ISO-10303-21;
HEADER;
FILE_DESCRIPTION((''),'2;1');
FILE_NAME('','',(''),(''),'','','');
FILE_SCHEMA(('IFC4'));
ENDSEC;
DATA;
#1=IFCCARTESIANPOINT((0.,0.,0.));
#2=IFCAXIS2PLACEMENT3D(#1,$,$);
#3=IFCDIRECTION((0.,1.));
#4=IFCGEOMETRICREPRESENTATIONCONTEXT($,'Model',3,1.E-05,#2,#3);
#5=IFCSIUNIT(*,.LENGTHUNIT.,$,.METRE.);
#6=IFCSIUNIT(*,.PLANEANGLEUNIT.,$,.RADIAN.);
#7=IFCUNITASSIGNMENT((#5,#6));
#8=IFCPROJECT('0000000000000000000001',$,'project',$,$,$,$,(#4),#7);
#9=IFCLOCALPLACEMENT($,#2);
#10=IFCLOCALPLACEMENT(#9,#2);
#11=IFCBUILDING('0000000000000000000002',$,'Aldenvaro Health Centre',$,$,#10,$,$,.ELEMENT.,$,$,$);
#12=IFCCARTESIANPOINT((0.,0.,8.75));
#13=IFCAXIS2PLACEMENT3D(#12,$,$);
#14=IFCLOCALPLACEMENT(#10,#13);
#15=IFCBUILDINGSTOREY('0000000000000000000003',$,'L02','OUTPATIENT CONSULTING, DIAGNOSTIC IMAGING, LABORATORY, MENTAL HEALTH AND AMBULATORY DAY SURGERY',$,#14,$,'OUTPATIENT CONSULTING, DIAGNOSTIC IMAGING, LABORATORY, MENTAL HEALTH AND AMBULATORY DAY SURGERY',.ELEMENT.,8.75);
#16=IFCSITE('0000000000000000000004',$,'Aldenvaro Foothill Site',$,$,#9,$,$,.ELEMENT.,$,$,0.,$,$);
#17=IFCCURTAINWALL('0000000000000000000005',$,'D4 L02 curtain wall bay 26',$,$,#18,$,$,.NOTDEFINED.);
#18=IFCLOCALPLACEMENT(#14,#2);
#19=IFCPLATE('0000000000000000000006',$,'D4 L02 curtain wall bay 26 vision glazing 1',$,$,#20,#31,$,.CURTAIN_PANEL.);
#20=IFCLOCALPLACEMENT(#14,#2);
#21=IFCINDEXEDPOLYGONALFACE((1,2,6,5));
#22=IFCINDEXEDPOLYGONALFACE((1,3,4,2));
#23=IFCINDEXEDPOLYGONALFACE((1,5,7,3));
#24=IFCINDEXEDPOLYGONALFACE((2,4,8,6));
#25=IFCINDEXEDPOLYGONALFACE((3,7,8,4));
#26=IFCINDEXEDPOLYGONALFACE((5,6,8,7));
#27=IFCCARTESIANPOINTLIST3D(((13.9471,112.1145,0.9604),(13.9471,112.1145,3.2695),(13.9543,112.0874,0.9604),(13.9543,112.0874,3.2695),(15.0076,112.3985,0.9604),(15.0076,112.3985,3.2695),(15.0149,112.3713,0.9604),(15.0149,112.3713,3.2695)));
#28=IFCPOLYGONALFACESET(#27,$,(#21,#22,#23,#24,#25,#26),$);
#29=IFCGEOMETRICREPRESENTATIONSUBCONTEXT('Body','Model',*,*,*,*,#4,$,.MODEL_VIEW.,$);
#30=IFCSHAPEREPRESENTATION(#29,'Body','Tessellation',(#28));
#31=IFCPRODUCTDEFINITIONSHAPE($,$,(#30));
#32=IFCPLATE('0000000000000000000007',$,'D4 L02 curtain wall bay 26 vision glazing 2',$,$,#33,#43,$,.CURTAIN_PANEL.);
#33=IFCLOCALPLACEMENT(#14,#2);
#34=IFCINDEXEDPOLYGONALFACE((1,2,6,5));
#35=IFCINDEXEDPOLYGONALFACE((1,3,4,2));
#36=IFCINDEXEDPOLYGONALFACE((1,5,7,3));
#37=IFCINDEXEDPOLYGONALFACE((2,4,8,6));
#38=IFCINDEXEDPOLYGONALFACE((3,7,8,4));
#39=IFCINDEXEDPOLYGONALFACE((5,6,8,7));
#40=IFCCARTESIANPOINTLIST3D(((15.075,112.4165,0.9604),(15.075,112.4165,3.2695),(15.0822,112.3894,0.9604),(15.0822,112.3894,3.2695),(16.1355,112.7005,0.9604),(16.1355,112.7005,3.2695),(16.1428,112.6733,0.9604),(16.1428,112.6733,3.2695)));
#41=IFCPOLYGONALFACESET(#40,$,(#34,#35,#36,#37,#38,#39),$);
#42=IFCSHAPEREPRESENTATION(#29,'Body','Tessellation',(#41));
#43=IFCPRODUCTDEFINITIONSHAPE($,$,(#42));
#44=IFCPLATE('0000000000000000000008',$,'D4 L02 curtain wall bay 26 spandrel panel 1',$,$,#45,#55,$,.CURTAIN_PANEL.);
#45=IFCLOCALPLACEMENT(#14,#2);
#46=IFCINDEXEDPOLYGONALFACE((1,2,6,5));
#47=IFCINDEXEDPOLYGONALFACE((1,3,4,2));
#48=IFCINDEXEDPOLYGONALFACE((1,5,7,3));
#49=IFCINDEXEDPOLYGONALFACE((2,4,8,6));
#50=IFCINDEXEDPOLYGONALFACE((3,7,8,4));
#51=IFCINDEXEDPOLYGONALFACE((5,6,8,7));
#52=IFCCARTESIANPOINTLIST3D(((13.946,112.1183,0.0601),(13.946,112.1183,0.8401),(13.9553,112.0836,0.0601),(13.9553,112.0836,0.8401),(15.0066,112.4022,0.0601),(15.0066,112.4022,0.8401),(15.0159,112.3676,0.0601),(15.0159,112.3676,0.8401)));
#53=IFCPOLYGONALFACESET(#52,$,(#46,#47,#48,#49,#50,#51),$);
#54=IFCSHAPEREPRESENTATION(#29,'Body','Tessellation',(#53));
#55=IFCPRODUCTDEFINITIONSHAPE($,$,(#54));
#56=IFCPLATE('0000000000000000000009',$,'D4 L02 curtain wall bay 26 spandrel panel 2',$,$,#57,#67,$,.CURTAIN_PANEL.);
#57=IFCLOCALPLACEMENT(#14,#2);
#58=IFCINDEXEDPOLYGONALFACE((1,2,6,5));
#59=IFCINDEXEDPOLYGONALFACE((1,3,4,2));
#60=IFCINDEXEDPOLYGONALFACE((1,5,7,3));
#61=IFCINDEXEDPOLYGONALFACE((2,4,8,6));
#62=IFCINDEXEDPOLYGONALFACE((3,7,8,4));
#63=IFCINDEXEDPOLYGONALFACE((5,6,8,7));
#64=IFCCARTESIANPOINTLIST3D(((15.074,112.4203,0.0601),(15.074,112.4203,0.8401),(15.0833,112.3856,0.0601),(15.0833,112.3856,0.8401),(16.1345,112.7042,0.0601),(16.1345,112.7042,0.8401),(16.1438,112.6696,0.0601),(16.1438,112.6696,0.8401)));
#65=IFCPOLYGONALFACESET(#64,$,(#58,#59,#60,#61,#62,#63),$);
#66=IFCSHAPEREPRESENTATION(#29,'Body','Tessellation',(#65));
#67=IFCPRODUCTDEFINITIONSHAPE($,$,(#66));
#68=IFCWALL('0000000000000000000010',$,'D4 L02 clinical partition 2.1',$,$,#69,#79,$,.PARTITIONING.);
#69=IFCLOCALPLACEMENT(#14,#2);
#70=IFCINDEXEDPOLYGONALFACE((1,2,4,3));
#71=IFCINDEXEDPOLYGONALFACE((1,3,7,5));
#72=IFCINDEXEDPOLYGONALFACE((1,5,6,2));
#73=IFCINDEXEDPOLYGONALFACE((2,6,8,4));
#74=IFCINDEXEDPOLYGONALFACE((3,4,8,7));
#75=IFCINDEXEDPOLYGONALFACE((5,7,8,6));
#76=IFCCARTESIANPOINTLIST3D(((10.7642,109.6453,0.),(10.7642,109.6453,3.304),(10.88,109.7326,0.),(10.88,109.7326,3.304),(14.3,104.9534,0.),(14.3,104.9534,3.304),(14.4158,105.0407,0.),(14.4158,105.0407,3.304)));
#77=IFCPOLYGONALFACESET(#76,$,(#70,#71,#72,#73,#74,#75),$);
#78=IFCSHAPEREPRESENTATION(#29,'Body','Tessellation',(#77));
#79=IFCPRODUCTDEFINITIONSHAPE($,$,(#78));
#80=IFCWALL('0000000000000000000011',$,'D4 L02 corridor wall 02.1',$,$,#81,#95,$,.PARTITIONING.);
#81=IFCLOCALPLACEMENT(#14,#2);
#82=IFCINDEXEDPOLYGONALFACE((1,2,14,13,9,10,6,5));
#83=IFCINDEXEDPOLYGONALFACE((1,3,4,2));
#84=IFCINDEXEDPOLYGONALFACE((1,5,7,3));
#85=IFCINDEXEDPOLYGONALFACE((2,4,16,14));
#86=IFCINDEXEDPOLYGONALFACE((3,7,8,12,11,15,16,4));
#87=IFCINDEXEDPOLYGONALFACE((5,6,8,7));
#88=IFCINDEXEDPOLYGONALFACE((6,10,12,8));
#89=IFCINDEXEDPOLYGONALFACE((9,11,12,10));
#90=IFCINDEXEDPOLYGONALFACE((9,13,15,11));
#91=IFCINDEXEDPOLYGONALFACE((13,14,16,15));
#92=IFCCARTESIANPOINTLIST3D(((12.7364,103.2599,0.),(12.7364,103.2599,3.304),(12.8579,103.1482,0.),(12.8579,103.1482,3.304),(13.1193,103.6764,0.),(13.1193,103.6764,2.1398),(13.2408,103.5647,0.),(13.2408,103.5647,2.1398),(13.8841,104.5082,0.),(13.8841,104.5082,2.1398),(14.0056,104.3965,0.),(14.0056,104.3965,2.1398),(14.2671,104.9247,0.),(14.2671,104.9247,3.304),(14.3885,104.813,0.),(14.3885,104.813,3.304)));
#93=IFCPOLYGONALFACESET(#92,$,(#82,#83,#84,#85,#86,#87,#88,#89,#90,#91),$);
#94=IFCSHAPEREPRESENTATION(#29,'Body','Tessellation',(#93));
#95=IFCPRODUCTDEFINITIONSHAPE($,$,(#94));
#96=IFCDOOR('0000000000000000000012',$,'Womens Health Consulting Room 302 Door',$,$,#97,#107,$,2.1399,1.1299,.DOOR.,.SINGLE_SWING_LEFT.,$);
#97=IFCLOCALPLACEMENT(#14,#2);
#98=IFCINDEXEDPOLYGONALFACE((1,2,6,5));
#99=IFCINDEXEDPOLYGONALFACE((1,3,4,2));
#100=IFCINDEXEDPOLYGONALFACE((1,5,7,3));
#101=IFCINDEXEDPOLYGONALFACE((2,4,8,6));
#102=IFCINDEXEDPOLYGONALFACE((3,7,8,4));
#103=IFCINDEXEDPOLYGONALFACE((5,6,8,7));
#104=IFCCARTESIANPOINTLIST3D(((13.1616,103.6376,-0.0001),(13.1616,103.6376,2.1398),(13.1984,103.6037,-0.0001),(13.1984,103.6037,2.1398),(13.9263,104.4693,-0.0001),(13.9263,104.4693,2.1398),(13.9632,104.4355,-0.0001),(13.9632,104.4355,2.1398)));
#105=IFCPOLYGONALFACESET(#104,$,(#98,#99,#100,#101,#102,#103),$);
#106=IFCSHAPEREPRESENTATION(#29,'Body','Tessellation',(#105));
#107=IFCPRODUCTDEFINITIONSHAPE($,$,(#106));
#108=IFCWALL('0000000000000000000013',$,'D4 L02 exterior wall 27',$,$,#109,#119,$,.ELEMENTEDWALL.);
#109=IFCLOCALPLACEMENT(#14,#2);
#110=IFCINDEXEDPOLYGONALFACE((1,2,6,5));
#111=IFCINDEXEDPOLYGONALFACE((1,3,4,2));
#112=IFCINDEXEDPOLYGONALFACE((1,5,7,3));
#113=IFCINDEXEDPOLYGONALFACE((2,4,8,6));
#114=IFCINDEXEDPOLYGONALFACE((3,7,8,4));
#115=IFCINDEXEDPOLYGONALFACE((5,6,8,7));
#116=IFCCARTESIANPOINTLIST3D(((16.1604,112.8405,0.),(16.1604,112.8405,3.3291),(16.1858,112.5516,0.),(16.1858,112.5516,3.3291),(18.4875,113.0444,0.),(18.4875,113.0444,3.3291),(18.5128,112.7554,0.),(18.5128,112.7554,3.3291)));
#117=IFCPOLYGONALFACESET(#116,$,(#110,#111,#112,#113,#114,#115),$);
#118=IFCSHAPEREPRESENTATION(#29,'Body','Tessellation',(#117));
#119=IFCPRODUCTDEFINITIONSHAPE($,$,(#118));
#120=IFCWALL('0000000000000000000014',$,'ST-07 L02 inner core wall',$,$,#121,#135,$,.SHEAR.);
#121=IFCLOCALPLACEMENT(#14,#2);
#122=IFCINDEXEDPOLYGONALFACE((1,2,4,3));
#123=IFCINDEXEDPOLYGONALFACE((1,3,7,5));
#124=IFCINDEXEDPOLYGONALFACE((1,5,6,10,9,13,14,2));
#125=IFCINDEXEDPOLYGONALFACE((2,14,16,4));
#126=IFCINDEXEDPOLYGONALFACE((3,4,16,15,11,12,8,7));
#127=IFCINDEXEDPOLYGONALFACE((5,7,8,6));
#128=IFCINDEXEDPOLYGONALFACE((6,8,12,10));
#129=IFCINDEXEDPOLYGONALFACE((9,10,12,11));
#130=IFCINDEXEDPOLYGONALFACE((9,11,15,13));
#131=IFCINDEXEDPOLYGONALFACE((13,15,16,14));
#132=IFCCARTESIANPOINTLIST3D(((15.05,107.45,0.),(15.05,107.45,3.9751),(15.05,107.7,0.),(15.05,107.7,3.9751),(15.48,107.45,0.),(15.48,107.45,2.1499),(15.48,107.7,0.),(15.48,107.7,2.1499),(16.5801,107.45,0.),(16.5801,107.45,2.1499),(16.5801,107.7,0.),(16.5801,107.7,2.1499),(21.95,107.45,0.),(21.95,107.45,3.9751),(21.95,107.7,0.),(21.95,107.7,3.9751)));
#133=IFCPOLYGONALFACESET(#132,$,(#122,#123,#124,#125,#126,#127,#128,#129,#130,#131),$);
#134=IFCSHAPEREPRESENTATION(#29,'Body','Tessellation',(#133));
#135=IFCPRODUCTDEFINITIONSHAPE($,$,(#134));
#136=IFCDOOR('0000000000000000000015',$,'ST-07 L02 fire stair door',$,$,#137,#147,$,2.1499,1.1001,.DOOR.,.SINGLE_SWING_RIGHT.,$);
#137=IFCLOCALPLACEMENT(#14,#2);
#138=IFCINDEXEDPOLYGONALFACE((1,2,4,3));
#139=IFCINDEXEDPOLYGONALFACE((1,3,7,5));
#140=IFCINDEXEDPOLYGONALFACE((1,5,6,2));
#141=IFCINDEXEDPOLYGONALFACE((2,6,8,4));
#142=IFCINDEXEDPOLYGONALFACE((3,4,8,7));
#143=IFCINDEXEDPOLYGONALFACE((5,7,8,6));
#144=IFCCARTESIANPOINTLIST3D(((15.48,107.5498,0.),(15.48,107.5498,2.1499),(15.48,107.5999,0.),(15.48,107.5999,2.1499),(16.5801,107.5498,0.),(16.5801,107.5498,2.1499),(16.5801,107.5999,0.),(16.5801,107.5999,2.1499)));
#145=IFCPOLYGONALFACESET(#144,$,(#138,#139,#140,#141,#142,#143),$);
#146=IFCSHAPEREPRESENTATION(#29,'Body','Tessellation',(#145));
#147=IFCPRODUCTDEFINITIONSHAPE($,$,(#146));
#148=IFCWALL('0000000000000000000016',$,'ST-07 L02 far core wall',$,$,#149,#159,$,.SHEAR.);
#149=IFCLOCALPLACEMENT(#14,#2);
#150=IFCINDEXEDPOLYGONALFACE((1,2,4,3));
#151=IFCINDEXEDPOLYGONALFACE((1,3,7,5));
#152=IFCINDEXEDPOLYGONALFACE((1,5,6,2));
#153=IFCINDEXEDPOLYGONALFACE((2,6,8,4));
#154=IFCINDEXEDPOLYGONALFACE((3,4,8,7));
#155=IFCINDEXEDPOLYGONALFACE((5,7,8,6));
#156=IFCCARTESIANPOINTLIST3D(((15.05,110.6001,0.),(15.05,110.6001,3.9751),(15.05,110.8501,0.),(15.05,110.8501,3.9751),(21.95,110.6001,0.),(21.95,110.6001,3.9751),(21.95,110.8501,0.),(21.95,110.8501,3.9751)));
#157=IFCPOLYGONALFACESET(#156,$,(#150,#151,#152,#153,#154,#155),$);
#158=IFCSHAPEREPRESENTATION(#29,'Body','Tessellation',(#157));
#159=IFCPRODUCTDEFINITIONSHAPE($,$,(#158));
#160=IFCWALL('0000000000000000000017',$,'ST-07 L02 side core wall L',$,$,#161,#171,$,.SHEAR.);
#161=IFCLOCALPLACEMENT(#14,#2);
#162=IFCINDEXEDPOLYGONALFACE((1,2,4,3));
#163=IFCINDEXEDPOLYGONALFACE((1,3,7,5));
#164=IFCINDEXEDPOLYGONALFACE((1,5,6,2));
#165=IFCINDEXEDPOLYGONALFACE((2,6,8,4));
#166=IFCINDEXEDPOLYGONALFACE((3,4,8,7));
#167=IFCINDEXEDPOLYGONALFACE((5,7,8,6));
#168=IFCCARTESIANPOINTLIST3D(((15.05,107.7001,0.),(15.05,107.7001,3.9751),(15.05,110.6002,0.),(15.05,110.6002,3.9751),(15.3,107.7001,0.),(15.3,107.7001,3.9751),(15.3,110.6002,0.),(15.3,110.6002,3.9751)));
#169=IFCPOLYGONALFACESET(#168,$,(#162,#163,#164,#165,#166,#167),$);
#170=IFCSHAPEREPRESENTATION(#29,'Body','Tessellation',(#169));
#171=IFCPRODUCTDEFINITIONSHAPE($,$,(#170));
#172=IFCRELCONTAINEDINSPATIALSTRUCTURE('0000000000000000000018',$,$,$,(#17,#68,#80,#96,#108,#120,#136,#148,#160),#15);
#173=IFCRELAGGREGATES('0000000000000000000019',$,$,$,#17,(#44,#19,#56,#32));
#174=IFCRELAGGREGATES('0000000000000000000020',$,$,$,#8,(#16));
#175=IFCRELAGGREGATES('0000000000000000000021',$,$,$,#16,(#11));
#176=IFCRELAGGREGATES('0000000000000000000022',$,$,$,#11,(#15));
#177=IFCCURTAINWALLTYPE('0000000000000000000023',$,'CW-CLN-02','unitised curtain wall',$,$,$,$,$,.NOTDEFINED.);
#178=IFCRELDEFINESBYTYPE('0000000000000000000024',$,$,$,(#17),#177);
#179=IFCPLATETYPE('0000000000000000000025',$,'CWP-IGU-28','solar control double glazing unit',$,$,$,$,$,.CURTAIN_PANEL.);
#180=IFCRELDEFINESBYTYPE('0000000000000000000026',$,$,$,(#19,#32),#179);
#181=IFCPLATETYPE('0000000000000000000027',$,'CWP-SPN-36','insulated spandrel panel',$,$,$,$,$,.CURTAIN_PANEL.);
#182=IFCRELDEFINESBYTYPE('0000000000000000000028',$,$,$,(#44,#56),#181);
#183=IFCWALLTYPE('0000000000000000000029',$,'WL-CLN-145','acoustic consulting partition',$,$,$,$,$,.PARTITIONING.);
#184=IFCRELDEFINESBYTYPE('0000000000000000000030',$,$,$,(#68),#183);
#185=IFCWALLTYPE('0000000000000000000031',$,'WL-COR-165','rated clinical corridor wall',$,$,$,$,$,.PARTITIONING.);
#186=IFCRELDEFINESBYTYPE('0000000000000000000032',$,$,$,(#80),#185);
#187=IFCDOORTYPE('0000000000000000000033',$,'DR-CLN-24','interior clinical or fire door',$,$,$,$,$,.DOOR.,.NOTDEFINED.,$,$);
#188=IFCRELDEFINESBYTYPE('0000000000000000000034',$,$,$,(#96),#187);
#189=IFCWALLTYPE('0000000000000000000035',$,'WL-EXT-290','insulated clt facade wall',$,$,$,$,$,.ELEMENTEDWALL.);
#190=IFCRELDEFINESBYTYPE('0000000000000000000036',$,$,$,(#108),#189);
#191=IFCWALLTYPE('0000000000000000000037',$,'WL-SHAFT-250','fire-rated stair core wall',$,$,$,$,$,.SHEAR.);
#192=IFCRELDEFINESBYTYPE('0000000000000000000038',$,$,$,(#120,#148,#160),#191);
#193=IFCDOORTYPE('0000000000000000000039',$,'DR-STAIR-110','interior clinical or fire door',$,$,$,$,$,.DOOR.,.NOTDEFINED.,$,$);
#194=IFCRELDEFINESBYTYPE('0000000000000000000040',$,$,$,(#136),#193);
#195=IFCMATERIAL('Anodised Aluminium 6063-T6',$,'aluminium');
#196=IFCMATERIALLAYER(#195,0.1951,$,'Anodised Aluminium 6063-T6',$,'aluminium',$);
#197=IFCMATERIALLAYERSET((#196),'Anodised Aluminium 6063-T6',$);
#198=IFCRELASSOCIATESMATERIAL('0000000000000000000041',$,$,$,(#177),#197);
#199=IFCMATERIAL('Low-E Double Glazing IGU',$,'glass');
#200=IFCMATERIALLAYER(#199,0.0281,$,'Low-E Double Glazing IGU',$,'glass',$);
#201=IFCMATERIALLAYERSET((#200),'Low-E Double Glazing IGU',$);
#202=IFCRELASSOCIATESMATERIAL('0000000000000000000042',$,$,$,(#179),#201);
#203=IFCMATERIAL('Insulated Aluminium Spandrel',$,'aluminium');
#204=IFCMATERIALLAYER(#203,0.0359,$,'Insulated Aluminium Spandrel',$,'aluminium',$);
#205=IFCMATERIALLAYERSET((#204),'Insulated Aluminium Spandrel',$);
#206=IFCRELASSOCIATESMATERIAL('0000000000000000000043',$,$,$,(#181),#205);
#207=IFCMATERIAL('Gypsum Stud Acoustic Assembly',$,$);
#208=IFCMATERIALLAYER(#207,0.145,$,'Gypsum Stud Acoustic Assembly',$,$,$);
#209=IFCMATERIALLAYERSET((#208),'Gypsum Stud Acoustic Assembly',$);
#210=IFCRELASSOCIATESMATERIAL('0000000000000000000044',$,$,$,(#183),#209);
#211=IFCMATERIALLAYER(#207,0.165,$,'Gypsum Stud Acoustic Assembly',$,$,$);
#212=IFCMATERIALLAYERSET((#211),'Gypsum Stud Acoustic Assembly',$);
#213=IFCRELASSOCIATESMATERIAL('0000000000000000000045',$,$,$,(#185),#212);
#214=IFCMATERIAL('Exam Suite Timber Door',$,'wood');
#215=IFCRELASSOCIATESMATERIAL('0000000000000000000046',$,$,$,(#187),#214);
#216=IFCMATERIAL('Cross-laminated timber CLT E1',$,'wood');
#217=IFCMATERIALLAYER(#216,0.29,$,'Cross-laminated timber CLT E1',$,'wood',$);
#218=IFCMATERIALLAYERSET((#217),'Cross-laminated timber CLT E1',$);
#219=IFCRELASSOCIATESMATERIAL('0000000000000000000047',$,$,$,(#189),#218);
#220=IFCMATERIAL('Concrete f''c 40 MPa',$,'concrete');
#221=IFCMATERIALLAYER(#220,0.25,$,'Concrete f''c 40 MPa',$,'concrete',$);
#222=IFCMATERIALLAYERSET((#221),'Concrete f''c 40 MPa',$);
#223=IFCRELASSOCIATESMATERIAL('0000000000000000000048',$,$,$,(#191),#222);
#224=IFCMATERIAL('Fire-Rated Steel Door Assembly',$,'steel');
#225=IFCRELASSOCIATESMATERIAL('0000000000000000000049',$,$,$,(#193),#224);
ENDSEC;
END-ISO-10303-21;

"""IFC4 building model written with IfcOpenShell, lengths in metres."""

from ifc_helpers import new_model, si_unit, direction, frame, frame_2d, origin, origin_2d, place, context, subcontext, project, spatial, rectangle, extrude, material, layer, layer_set, type_object, element, fill, aggregate, save


model = new_model("IFC4")

# Units and contexts
model_context = context("Model", 3, precision=1e-05, world=origin(), true_north=direction((0.0, 1.0)))
body_context = subcontext(model_context, "Body", "Model", "MODEL_VIEW")
ifc_project = project(units=[si_unit("LENGTHUNIT", "METRE"), si_unit("PLANEANGLEUNIT", "RADIAN")], contexts=[model_context])

# Site, building, storey
site_placement = place(None, origin())
site = spatial("IfcSite", under=ifc_project, at=site_placement, Name="Aldenvaro Foothill Site", CompositionType="ELEMENT", RefElevation=0.0)
building_placement = place(site_placement, origin())
building = spatial("IfcBuilding", under=site, at=building_placement, Name="Aldenvaro Health Centre", CompositionType="ELEMENT")
storey_placement = place(building_placement, frame((0.0, 0.0, 8.75)))
storey = spatial("IfcBuildingStorey", under=building, at=storey_placement, Name="L02", Description="OUTPATIENT CONSULTING, DIAGNOSTIC IMAGING, LABORATORY, MENTAL HEALTH AND AMBULATORY DAY SURGERY", LongName="OUTPATIENT CONSULTING, DIAGNOSTIC IMAGING, LABORATORY, MENTAL HEALTH AND AMBULATORY DAY SURGERY", CompositionType="ELEMENT", Elevation=8.75)

# Shared definitions
ifc_material_1 = material(Name="Concrete f'c 40 MPa", Category="concrete")

# Curtain wall
ifc_material_2 = material(Name="Anodised Aluminium 6063-T6", Category="aluminium")
ifc_layer_1 = layer(ifc_material_2, 0.1951, Name="Anodised Aluminium 6063-T6", Category="aluminium")
ifc_layer_set_1 = layer_set([ifc_layer_1], Name="Anodised Aluminium 6063-T6")
curtain_wall_type = type_object("IfcCurtainWallType", Name="CW-CLN-02", Description="unitised curtain wall", PredefinedType="NOTDEFINED", material=ifc_layer_set_1)
curtain_wall_placement = place(storey_placement, origin())
curtain_wall = element("IfcCurtainWall", 1, at=curtain_wall_placement, inside=storey, type_object=curtain_wall_type, Name="D4 L02 curtain wall bay 26", PredefinedType="NOTDEFINED")

# Plates
ifc_material_3 = material(Name="Low-E Double Glazing IGU", Category="glass")
ifc_layer_2 = layer(ifc_material_3, 0.0281, Name="Low-E Double Glazing IGU", Category="glass")
ifc_layer_set_2 = layer_set([ifc_layer_2], Name="Low-E Double Glazing IGU")
plate_type_1 = type_object("IfcPlateType", Name="CWP-IGU-28", Description="solar control double glazing unit", PredefinedType="CURTAIN_PANEL", material=ifc_layer_set_2)
plate_1_placement = place(storey_placement, frame((14.481, 112.2429, 0.9604), z_axis=(0.0, 0.0, 1.0), x_axis=(0.965979, 0.258622, 0.0)))
plate_1 = element("IfcPlate", 2, at=plate_1_placement, type_object=plate_type_1, Name="D4 L02 curtain wall bay 26 vision glazing 1", PredefinedType="CURTAIN_PANEL", context=body_context, shape_type="SweptSolid", body=[
    extrude(rectangle(XDim=1.0979, YDim=0.0281, at=origin_2d()), origin(), (0.0, 0.0, 1.0), 2.3091),
])
plate_2_placement = place(storey_placement, frame((15.6089, 112.5449, 0.9604), z_axis=(0.0, 0.0, 1.0), x_axis=(0.965979, 0.258622, 0.0)))
plate_2 = element("IfcPlate", 3, at=plate_2_placement, type_object=plate_type_1, Name="D4 L02 curtain wall bay 26 vision glazing 2", PredefinedType="CURTAIN_PANEL", context=body_context, shape_type="SweptSolid", body=[
    extrude(rectangle(XDim=1.0979, YDim=0.0281, at=origin_2d()), origin(), (0.0, 0.0, 1.0), 2.3091),
])
ifc_material_4 = material(Name="Insulated Aluminium Spandrel", Category="aluminium")
ifc_layer_3 = layer(ifc_material_4, 0.0359, Name="Insulated Aluminium Spandrel", Category="aluminium")
ifc_layer_set_3 = layer_set([ifc_layer_3], Name="Insulated Aluminium Spandrel")
plate_type_2 = type_object("IfcPlateType", Name="CWP-SPN-36", Description="insulated spandrel panel", PredefinedType="CURTAIN_PANEL", material=ifc_layer_set_3)
plate_3_placement = place(storey_placement, frame((14.481, 112.2429, 0.0601), z_axis=(0.0, 0.0, 1.0), x_axis=(0.965979, 0.258622, 0.0)))
plate_3 = element("IfcPlate", 4, at=plate_3_placement, type_object=plate_type_2, Name="D4 L02 curtain wall bay 26 spandrel panel 1", PredefinedType="CURTAIN_PANEL", context=body_context, shape_type="SweptSolid", body=[
    extrude(rectangle(XDim=1.0979, YDim=0.0359, at=origin_2d()), origin(), (0.0, 0.0, 1.0), 0.78),
])
plate_4_placement = place(storey_placement, frame((15.6089, 112.5449, 0.0601), z_axis=(0.0, 0.0, 1.0), x_axis=(0.965979, 0.258622, 0.0)))
plate_4 = element("IfcPlate", 5, at=plate_4_placement, type_object=plate_type_2, Name="D4 L02 curtain wall bay 26 spandrel panel 2", PredefinedType="CURTAIN_PANEL", context=body_context, shape_type="SweptSolid", body=[
    extrude(rectangle(XDim=1.0979, YDim=0.0359, at=origin_2d()), origin(), (0.0, 0.0, 1.0), 0.78),
])
aggregate(curtain_wall, [plate_3, plate_1, plate_4, plate_2])

# Wall
ifc_material_5 = material(Name="Gypsum Stud Acoustic Assembly")
ifc_layer_4 = layer(ifc_material_5, 0.145, Name="Gypsum Stud Acoustic Assembly")
ifc_layer_set_4 = layer_set([ifc_layer_4], Name="Gypsum Stud Acoustic Assembly")
wall_type_1 = type_object("IfcWallType", Name="WL-CLN-145", Description="acoustic consulting partition", PredefinedType="PARTITIONING", material=ifc_layer_set_4)
wall_1_placement = place(storey_placement, frame((14.3579, 104.9971, 0.0), z_axis=(0.0, 0.0, 1.0), x_axis=(-0.601847, 0.798612, 0.0)))
element("IfcWall", 6, at=wall_1_placement, inside=storey, type_object=wall_type_1, Name="D4 L02 clinical partition 2.1", PredefinedType="PARTITIONING", context=body_context, shape_type="SweptSolid", body=[
    extrude(rectangle(XDim=5.875, YDim=0.145, at=frame_2d((2.9375, 0.0))), origin(), (0.0, 0.0, 1.0), 3.304),
])

# Wall, opening, door
ifc_layer_5 = layer(ifc_material_5, 0.165, Name="Gypsum Stud Acoustic Assembly")
ifc_layer_set_5 = layer_set([ifc_layer_5], Name="Gypsum Stud Acoustic Assembly")
wall_type_2 = type_object("IfcWallType", Name="WL-COR-165", Description="rated clinical corridor wall", PredefinedType="PARTITIONING", material=ifc_layer_set_5)
wall_2_placement = place(storey_placement, frame((14.3279, 104.8689, 0.0), z_axis=(0.0, 0.0, 1.0), x_axis=(-0.676853, -0.736118, 0.0)))
wall_2 = element("IfcWall", 7, at=wall_2_placement, inside=storey, type_object=wall_type_2, Name="D4 L02 corridor wall 02.1", PredefinedType="PARTITIONING", context=body_context, shape_type="SweptSolid", body=[
    extrude(rectangle(XDim=2.2615, YDim=0.165, at=frame_2d((1.1309, 0.0))), origin(), (0.0, 0.0, 1.0), 3.304),
])
opening_1_placement = place(wall_2_placement, frame((0.5659, 0.0, 0.0)))
opening_1 = element("IfcOpeningElement", 8, at=opening_1_placement, cuts=wall_2, PredefinedType="OPENING", context=body_context, shape_type="SweptSolid", body=[
    extrude(rectangle(XDim=1.1299, YDim=2.1399, at=frame_2d((0.5649, 1.0698))), frame((0.0, 0.0925, 0.0), z_axis=(0.0, -1.0, 0.0), x_axis=(1.0, 0.0, 0.0)), (0.0, 0.0, 1.0), 0.1851),
])
ifc_material_6 = material(Name="Exam Suite Timber Door", Category="wood")
door_type_1 = type_object("IfcDoorType", Name="DR-CLN-24", Description="interior clinical or fire door", OperationType="NOTDEFINED", PredefinedType="DOOR", material=ifc_material_6)
door_1_placement = place(opening_1_placement, origin())
door_1 = element("IfcDoor", 9, at=door_1_placement, inside=storey, type_object=door_type_1, Name="Womens Health Consulting Room 302 Door", OperationType="SINGLE_SWING_LEFT", OverallHeight=2.1399, OverallWidth=1.1299, PredefinedType="DOOR", context=body_context, shape_type="SweptSolid", body=[
    extrude(rectangle(XDim=1.1299, YDim=2.1399, at=frame_2d((0.5649, 1.0698))), frame((0.0, 0.0249, 0.0), z_axis=(0.0, -1.0, 0.0), x_axis=(1.0, 0.0, 0.0)), (0.0, 0.0, 1.0), 0.05),
])
fill(opening_1, door_1)

# Wall
ifc_material_7 = material(Name="Cross-laminated timber CLT E1", Category="wood")
ifc_layer_6 = layer(ifc_material_7, 0.29, Name="Cross-laminated timber CLT E1", Category="wood")
ifc_layer_set_6 = layer_set([ifc_layer_6], Name="Cross-laminated timber CLT E1")
wall_type_3 = type_object("IfcWallType", Name="WL-EXT-290", Description="insulated clt facade wall", PredefinedType="ELEMENTEDWALL", material=ifc_layer_set_6)
wall_3_placement = place(storey_placement, frame((16.1731, 112.696, 0.0), z_axis=(0.0, 0.0, 1.0), x_axis=(0.996184, 0.087275, 0.0)))
element("IfcWall", 10, at=wall_3_placement, inside=storey, type_object=wall_type_3, Name="D4 L02 exterior wall 27", PredefinedType="ELEMENTEDWALL", context=body_context, shape_type="SweptSolid", body=[
    extrude(rectangle(XDim=2.3359, YDim=0.29, at=frame_2d((1.168, 0.0))), origin(), (0.0, 0.0, 1.0), 3.3291),
])

# Wall, opening, door
ifc_layer_7 = layer(ifc_material_1, 0.25, Name="Concrete f'c 40 MPa", Category="concrete")
ifc_layer_set_7 = layer_set([ifc_layer_7], Name="Concrete f'c 40 MPa")
wall_type_4 = type_object("IfcWallType", Name="WL-SHAFT-250", Description="fire-rated stair core wall", PredefinedType="SHEAR", material=ifc_layer_set_7)
wall_4_placement = place(storey_placement, frame((15.05, 107.575, 0.0), z_axis=(0.0, 0.0, 1.0), x_axis=(1.0, 0.0, 0.0)))
wall_4 = element("IfcWall", 11, at=wall_4_placement, inside=storey, type_object=wall_type_4, Name="ST-07 L02 inner core wall", PredefinedType="SHEAR", context=body_context, shape_type="SweptSolid", body=[
    extrude(rectangle(XDim=6.8999, YDim=0.25, at=frame_2d((3.45, 0.0))), origin(), (0.0, 0.0, 1.0), 3.9751),
])
opening_2_placement = place(wall_4_placement, frame((0.4299, 0.0, 0.0)))
opening_2 = element("IfcOpeningElement", 12, at=opening_2_placement, cuts=wall_4, PredefinedType="OPENING", context=body_context, shape_type="SweptSolid", body=[
    extrude(rectangle(XDim=1.1001, YDim=2.1499, at=frame_2d((0.55, 1.075))), frame((0.0, 0.135, 0.0), z_axis=(0.0, -1.0, 0.0), x_axis=(1.0, 0.0, 0.0)), (0.0, 0.0, 1.0), 0.27),
])
ifc_material_8 = material(Name="Fire-Rated Steel Door Assembly", Category="steel")
door_type_2 = type_object("IfcDoorType", Name="DR-STAIR-110", Description="interior clinical or fire door", OperationType="NOTDEFINED", PredefinedType="DOOR", material=ifc_material_8)
door_2_placement = place(opening_2_placement, origin())
door_2 = element("IfcDoor", 13, at=door_2_placement, inside=storey, type_object=door_type_2, Name="ST-07 L02 fire stair door", OperationType="SINGLE_SWING_RIGHT", OverallHeight=2.1499, OverallWidth=1.1001, PredefinedType="DOOR", context=body_context, shape_type="SweptSolid", body=[
    extrude(rectangle(XDim=1.1001, YDim=2.1499, at=frame_2d((0.55, 1.075))), frame((0.0, 0.0249, 0.0), z_axis=(0.0, -1.0, 0.0), x_axis=(1.0, 0.0, 0.0)), (0.0, 0.0, 1.0), 0.05),
])
fill(opening_2, door_2)

# Walls
wall_5_placement = place(storey_placement, frame((15.05, 110.7251, 0.0), z_axis=(0.0, 0.0, 1.0), x_axis=(1.0, 0.0, 0.0)))
element("IfcWall", 14, at=wall_5_placement, inside=storey, type_object=wall_type_4, Name="ST-07 L02 far core wall", PredefinedType="SHEAR", context=body_context, shape_type="SweptSolid", body=[
    extrude(rectangle(XDim=6.8999, YDim=0.25, at=frame_2d((3.45, 0.0))), origin(), (0.0, 0.0, 1.0), 3.9751),
])
wall_6_placement = place(storey_placement, frame((15.175, 107.7, 0.0), z_axis=(0.0, 0.0, 1.0), x_axis=(0.0, 1.0, 0.0)))
element("IfcWall", 15, at=wall_6_placement, inside=storey, type_object=wall_type_4, Name="ST-07 L02 side core wall L", PredefinedType="SHEAR", context=body_context, shape_type="SweptSolid", body=[
    extrude(rectangle(XDim=2.9001, YDim=0.25, at=frame_2d((1.4502, 0.0))), origin(), (0.0, 0.0, 1.0), 3.9751),
])

save(model, "model.ifc")
